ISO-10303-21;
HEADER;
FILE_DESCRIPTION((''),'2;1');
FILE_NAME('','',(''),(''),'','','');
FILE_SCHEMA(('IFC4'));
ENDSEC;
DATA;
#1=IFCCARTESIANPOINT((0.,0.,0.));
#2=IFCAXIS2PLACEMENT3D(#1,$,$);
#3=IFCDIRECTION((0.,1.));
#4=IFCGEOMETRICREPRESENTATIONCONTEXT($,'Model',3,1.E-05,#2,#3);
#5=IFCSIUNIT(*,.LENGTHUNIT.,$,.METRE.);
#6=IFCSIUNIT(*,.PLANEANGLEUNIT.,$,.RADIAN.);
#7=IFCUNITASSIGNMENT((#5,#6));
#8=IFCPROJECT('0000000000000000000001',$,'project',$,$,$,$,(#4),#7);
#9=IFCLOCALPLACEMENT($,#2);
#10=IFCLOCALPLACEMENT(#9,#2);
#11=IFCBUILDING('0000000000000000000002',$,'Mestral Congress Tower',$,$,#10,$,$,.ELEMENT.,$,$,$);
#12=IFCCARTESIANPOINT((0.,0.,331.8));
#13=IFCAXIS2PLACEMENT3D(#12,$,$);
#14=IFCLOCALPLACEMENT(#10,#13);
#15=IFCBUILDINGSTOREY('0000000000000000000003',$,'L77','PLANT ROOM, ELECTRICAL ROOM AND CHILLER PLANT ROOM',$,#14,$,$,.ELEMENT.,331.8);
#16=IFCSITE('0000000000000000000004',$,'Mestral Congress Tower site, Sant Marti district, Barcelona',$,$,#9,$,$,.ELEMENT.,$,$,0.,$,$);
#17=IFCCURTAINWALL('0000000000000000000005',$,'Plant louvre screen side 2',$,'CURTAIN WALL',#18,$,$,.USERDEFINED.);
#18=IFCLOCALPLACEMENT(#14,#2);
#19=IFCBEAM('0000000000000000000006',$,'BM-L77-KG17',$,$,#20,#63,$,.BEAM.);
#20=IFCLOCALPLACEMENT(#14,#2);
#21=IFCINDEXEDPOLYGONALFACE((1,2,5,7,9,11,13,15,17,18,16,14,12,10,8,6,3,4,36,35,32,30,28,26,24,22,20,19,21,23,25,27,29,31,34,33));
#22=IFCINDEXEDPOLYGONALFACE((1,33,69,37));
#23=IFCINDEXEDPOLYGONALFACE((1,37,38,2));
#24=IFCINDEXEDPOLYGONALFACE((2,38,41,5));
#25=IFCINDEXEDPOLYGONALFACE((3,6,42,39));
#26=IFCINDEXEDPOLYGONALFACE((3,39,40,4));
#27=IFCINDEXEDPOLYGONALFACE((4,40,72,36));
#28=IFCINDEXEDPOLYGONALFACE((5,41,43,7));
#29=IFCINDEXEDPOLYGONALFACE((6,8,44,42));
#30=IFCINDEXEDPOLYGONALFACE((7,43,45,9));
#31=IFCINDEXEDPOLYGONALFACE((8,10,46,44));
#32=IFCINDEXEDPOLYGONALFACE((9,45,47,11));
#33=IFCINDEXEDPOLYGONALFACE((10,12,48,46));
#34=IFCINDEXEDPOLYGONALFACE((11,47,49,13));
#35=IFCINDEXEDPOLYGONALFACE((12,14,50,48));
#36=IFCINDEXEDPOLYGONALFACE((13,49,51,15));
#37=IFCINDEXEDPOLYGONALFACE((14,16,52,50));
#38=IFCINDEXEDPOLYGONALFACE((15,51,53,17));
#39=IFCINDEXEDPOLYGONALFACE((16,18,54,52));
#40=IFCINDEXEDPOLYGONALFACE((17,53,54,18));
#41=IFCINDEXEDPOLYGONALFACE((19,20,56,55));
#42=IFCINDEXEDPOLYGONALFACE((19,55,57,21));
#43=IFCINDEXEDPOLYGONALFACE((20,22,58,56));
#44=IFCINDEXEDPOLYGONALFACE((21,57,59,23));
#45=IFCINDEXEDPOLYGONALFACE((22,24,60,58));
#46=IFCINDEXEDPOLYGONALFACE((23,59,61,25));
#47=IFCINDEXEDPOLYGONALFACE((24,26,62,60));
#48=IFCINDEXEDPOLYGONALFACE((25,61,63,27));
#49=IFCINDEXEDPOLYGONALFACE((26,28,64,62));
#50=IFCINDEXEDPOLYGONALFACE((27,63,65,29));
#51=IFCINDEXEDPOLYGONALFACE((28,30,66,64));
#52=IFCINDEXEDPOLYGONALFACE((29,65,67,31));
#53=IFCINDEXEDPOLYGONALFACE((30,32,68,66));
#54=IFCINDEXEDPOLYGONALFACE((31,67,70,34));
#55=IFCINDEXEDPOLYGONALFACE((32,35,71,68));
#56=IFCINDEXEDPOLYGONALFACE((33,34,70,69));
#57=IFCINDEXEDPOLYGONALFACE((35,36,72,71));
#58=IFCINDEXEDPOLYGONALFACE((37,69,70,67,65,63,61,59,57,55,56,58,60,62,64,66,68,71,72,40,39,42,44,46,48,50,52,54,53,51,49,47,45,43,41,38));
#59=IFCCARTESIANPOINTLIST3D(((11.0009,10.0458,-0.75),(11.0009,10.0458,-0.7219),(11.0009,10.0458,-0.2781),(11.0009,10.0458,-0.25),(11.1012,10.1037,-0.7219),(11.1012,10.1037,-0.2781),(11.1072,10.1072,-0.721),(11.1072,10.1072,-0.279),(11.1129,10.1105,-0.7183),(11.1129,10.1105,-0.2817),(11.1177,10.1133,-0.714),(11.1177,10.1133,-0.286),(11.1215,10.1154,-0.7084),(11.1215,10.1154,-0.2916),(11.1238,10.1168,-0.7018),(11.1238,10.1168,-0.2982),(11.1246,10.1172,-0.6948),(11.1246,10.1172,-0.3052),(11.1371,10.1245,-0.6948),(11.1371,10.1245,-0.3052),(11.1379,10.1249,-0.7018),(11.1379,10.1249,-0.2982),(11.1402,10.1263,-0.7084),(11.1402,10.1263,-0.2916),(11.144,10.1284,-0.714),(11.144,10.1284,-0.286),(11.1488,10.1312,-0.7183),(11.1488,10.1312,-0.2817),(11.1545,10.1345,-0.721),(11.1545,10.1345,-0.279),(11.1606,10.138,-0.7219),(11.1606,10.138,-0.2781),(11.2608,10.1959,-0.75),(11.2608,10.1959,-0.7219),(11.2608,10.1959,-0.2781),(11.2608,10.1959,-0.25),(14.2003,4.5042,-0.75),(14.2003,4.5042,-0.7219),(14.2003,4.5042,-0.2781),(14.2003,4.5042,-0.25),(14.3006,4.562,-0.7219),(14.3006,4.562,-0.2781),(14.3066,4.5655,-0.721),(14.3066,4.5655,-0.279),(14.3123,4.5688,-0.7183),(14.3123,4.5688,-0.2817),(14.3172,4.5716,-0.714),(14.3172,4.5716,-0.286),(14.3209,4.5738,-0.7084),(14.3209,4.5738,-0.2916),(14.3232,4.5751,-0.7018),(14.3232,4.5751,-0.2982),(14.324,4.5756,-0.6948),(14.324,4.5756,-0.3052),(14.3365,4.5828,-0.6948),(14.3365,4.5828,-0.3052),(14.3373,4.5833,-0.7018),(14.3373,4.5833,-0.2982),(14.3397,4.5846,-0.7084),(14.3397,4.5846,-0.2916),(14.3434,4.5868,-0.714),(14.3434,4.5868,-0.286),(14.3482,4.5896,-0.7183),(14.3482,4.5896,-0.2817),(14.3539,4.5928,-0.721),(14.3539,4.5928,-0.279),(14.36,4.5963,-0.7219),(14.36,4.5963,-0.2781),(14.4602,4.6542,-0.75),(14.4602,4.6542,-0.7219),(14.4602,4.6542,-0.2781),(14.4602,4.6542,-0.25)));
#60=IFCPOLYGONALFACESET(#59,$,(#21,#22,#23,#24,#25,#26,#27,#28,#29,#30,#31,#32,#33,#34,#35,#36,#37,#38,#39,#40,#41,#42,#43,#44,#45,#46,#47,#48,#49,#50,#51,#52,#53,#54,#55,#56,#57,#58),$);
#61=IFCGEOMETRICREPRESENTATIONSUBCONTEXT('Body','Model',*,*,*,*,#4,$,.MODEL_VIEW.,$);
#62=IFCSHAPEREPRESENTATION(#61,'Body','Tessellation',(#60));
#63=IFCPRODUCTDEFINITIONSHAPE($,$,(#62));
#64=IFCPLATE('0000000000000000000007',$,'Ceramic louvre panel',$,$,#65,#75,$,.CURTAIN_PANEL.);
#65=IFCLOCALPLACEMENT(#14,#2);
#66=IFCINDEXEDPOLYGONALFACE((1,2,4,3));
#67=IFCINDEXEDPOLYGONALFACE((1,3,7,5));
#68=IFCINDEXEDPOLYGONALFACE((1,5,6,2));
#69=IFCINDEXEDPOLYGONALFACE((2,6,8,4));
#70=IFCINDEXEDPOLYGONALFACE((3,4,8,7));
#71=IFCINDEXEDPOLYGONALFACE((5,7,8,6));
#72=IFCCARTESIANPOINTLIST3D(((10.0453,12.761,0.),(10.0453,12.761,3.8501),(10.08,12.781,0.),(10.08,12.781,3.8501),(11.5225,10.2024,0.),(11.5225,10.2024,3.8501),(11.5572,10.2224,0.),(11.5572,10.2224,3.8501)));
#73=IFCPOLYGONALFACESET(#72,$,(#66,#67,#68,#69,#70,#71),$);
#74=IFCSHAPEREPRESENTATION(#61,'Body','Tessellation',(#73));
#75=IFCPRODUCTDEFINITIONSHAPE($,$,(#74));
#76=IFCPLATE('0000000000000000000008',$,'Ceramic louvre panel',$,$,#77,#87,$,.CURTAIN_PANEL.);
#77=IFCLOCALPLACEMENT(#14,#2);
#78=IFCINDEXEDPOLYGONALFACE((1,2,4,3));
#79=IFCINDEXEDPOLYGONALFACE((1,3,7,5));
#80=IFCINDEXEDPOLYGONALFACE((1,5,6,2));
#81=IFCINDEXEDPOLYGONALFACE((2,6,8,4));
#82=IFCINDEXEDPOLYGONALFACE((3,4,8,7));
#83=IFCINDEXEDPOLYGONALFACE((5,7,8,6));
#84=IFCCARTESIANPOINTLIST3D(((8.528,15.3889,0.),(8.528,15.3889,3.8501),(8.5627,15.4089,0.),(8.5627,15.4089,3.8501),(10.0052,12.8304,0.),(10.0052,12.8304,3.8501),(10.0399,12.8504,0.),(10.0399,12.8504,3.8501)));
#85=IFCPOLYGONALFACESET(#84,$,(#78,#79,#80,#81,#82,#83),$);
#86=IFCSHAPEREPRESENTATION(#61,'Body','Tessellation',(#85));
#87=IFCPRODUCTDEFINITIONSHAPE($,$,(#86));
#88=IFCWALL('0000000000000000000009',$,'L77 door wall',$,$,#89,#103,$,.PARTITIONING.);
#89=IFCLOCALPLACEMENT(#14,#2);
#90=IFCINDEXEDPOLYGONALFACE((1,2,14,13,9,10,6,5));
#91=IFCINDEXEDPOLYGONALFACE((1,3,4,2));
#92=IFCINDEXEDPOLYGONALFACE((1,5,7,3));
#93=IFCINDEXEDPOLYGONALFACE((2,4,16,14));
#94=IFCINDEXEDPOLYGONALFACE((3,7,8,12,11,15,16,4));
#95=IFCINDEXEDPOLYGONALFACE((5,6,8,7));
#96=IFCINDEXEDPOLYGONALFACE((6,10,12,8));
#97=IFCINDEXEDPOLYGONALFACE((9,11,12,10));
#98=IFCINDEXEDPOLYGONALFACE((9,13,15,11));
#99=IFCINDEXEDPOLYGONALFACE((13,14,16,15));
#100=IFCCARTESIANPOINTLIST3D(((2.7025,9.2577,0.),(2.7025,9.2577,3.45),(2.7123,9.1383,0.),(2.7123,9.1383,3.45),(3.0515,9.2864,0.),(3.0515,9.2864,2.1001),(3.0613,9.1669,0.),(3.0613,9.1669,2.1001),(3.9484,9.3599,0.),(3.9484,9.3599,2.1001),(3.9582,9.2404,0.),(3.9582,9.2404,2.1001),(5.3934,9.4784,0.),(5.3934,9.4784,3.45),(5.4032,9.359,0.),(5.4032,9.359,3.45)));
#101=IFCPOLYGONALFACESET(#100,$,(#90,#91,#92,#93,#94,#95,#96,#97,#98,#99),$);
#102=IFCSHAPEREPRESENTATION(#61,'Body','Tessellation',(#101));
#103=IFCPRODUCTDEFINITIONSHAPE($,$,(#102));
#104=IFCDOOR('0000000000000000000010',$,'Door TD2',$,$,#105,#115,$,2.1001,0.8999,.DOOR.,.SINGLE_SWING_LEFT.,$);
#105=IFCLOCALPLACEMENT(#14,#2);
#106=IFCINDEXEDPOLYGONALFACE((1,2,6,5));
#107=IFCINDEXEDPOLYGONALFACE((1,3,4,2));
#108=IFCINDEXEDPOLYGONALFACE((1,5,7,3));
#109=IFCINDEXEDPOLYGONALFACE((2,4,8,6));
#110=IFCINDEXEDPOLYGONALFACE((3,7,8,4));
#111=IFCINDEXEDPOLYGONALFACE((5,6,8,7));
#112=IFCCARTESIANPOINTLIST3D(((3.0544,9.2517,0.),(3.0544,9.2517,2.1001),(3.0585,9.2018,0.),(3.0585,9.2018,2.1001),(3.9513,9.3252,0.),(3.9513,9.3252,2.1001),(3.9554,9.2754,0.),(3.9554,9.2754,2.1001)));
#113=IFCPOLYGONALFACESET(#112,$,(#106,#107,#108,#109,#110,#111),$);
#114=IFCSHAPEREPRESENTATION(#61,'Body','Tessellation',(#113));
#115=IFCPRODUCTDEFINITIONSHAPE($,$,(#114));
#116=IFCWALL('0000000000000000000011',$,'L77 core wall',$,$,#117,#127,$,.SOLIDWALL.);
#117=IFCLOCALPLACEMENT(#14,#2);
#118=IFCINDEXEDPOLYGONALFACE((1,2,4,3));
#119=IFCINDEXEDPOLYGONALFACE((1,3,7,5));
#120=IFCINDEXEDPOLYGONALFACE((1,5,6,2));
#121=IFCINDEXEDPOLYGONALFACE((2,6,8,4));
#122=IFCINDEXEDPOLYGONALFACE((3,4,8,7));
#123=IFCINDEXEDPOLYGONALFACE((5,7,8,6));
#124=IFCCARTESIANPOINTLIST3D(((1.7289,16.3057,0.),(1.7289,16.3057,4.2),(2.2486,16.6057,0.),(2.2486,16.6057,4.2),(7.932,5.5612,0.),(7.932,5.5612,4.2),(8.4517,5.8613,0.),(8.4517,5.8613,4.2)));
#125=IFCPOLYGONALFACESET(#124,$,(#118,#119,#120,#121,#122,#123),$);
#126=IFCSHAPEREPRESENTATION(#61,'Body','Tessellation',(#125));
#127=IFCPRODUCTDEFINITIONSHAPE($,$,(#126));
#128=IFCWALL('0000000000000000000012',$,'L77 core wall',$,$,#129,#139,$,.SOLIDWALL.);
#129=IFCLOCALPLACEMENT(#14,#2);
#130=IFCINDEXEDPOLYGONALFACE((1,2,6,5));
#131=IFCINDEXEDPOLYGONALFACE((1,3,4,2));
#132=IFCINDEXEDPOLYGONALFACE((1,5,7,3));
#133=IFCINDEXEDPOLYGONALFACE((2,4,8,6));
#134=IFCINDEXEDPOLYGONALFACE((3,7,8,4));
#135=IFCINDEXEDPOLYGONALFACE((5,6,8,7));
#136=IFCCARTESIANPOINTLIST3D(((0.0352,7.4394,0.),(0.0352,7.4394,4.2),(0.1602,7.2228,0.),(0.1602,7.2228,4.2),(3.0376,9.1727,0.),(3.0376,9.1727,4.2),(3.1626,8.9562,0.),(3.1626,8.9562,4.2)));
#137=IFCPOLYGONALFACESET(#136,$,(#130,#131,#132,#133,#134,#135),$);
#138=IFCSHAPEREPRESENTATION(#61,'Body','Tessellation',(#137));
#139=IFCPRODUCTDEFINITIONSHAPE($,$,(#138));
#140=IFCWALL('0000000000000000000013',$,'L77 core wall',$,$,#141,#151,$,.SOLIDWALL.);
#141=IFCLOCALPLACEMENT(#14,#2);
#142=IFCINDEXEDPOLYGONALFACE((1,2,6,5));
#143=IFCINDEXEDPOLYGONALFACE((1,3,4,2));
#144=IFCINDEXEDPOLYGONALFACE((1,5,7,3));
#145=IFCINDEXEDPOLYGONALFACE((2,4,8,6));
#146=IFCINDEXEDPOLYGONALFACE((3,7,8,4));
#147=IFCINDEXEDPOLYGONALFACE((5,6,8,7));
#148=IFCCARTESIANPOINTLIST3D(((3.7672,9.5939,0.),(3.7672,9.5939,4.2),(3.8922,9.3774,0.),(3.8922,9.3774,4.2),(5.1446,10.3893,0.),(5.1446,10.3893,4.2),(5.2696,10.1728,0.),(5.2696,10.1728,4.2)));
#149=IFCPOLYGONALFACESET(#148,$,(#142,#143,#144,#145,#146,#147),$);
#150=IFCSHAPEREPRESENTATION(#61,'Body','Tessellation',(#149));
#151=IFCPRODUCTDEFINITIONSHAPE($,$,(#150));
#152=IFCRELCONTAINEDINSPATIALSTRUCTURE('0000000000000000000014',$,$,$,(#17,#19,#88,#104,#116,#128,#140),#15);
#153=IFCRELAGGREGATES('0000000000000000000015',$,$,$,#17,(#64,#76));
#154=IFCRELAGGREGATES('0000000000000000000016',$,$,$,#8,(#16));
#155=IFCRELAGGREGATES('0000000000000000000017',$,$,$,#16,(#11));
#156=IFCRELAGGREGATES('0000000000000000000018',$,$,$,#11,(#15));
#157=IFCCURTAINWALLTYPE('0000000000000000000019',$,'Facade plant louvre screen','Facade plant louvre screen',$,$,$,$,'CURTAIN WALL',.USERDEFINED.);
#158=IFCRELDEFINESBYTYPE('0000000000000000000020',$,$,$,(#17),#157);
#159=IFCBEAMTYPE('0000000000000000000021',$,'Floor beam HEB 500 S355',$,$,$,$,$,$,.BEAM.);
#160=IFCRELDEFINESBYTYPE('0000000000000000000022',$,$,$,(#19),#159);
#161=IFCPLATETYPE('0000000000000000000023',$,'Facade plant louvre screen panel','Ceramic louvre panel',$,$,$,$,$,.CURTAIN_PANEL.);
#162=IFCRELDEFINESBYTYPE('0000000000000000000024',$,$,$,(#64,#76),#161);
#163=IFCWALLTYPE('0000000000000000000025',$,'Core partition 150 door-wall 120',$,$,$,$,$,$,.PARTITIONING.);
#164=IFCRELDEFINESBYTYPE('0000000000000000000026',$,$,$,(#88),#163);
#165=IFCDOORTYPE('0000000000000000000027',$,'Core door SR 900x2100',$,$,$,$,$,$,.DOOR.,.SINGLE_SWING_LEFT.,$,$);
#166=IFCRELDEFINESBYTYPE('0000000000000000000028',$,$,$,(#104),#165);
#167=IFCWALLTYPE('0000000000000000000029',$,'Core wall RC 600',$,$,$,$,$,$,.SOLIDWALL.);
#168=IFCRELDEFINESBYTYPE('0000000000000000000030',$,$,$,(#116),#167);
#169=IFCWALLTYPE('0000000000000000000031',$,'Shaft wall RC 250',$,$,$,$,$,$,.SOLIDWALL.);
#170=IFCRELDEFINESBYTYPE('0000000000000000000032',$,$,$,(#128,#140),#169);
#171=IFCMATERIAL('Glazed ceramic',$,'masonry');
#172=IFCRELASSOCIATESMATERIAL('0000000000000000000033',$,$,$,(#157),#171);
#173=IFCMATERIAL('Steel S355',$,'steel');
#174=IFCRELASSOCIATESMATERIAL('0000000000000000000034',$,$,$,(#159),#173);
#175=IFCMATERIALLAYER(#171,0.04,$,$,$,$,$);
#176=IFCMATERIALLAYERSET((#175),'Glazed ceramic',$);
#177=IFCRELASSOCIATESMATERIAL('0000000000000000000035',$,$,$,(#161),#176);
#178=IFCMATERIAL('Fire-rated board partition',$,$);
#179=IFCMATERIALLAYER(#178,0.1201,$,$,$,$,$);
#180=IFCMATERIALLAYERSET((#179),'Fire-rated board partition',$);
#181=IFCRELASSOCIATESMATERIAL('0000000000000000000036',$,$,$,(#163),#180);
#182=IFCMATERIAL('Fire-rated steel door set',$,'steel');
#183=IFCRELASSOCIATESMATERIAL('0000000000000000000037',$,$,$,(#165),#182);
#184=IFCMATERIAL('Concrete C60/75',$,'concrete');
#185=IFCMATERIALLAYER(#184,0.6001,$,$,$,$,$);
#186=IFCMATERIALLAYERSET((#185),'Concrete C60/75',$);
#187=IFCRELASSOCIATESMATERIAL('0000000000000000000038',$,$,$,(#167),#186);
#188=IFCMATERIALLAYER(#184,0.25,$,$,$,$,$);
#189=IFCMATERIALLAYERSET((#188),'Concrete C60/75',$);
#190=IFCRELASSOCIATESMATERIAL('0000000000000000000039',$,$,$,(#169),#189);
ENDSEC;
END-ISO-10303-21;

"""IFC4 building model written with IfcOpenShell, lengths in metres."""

from ifc_helpers import new_model, si_unit, direction, frame, frame_2d, origin, origin_2d, place, context, subcontext, project, spatial, rectangle, i_section, extrude, material, layer, layer_set, material_profile, profile_set, type_object, element, fill, aggregate, save


model = new_model("IFC4")

# Units and contexts
model_context = context("Model", 3, precision=1e-05, world=origin(), true_north=direction((0.0, 1.0)))
body_context = subcontext(model_context, "Body", "Model", "MODEL_VIEW")
ifc_project = project(units=[si_unit("LENGTHUNIT", "METRE"), si_unit("PLANEANGLEUNIT", "RADIAN")], contexts=[model_context])

# Site, building, storey
site_placement = place(None, origin())
site = spatial("IfcSite", under=ifc_project, at=site_placement, Name="Mestral Congress Tower site, Sant Marti district, Barcelona", CompositionType="ELEMENT", RefElevation=0.0)
building_placement = place(site_placement, origin())
building = spatial("IfcBuilding", under=site, at=building_placement, Name="Mestral Congress Tower", CompositionType="ELEMENT")
storey_placement = place(building_placement, frame((0.0, 0.0, 331.8)))
storey = spatial("IfcBuildingStorey", under=building, at=storey_placement, Name="L77", Description="PLANT ROOM, ELECTRICAL ROOM AND CHILLER PLANT ROOM", CompositionType="ELEMENT", Elevation=331.8)

# Shared definitions
ifc_material_1 = material(Name="Steel S355", Category="steel")

# Curtain wall
ifc_material_2 = material(Name="Glazed ceramic", Category="masonry")
curtain_wall_type = type_object("IfcCurtainWallType", Name="Facade plant louvre screen", Description="Facade plant louvre screen", ElementType="CURTAIN WALL", PredefinedType="USERDEFINED", material=ifc_material_2)
placement = place(storey_placement, origin())
curtain_wall = element("IfcCurtainWall", 1, at=placement, inside=storey, type_object=curtain_wall_type, Name="Plant louvre screen side 2", ObjectType="CURTAIN WALL", PredefinedType="USERDEFINED")

# Beam
ifc_material_profile_1 = material_profile(ifc_material_1, i_section(OverallWidth=0.3, OverallDepth=0.5, WebThickness=0.0144, FlangeThickness=0.0281, FilletRadius=0.0271, at=origin_2d()), Name="HEB 500")
ifc_profile_set_1 = profile_set([ifc_material_profile_1], Name="Steel S355")
beam_type_1 = type_object("IfcBeamType", Name="Floor beam HEB 500 S355", PredefinedType="BEAM", material=ifc_profile_set_1)
beam_1_placement = place(storey_placement, frame((11.1309, 10.1208, -0.5), z_axis=(0.499992, -0.86603, 0.0), x_axis=(0.86603, 0.499992, 0.0)))
element("IfcBeam", 2, at=beam_1_placement, inside=storey, type_object=beam_type_1, Name="BM-L77-KG17", PredefinedType="BEAM", context=body_context, shape_type="SweptSolid", body=[
    extrude(i_section(OverallWidth=0.3, OverallDepth=0.5, WebThickness=0.0144, FlangeThickness=0.0281, FilletRadius=0.0271, at=origin_2d()), origin(), (0.0, 0.0, 1.0), 6.3989),
])

# Plates
ifc_layer_1 = layer(ifc_material_2, 0.04)
ifc_layer_set_1 = layer_set([ifc_layer_1], Name="Glazed ceramic")
plate_type = type_object("IfcPlateType", Name="Facade plant louvre screen panel", Description="Ceramic louvre panel", PredefinedType="CURTAIN_PANEL", material=ifc_layer_set_1)
plate_1_placement = place(storey_placement, frame((10.8013, 11.4917, 0.0), z_axis=(0.0, 0.0, 1.0), x_axis=(-0.500002, 0.866025, 0.0)))
plate_1 = element("IfcPlate", 3, at=plate_1_placement, type_object=plate_type, Name="Ceramic louvre panel", PredefinedType="CURTAIN_PANEL", context=body_context, shape_type="SweptSolid", body=[
    extrude(rectangle(XDim=2.9543, YDim=0.04, at=origin_2d()), origin(), (0.0, 0.0, 1.0), 3.8501),
])
plate_2_placement = place(storey_placement, frame((9.2839, 14.1196, 0.0), z_axis=(0.0, 0.0, 1.0), x_axis=(-0.500002, 0.866025, 0.0)))
plate_2 = element("IfcPlate", 4, at=plate_2_placement, type_object=plate_type, Name="Ceramic louvre panel", PredefinedType="CURTAIN_PANEL", context=body_context, shape_type="SweptSolid", body=[
    extrude(rectangle(XDim=2.9543, YDim=0.04, at=origin_2d()), origin(), (0.0, 0.0, 1.0), 3.8501),
])
aggregate(curtain_wall, [plate_1, plate_2])

# Wall, opening, door
ifc_material_3 = material(Name="Fire-rated board partition")
ifc_layer_2 = layer(ifc_material_3, 0.1201)
ifc_layer_set_2 = layer_set([ifc_layer_2], Name="Fire-rated board partition")
wall_type_1 = type_object("IfcWallType", Name="Core partition 150 door-wall 120", PredefinedType="PARTITIONING", material=ifc_layer_set_2)
wall_1_placement = place(storey_placement, frame((5.3984, 9.4187, 0.0), z_axis=(0.0, 0.0, 1.0), x_axis=(-0.996653, -0.081743, 0.0)))
wall_1 = element("IfcWall", 5, at=wall_1_placement, inside=storey, type_object=wall_type_1, Name="L77 door wall", PredefinedType="PARTITIONING", context=body_context, shape_type="SweptSolid", body=[
    extrude(rectangle(XDim=2.7, YDim=0.1199, at=frame_2d((1.3501, 0.0))), origin(), (0.0, 0.0, 1.0), 3.45),
])
opening_1_placement = place(wall_1_placement, frame((1.45, 0.0, 0.0)))
opening_1 = element("IfcOpeningElement", 6, at=opening_1_placement, cuts=wall_1, PredefinedType="OPENING", context=body_context, shape_type="SweptSolid", body=[
    extrude(rectangle(XDim=0.8999, YDim=2.1001, at=frame_2d((0.45, 1.05))), frame((0.0, 0.0698, 0.0), z_axis=(0.0, -1.0, 0.0), x_axis=(1.0, 0.0, 0.0)), (0.0, 0.0, 1.0), 0.1399),
])
ifc_material_4 = material(Name="Fire-rated steel door set", Category="steel")
door_type_1 = type_object("IfcDoorType", Name="Core door SR 900x2100", OperationType="SINGLE_SWING_LEFT", PredefinedType="DOOR", material=ifc_material_4)
door_1_placement = place(opening_1_placement, origin())
door_1 = element("IfcDoor", 7, at=door_1_placement, inside=storey, type_object=door_type_1, Name="Door TD2", OperationType="SINGLE_SWING_LEFT", OverallHeight=2.1001, OverallWidth=0.8999, PredefinedType="DOOR", context=body_context, shape_type="SweptSolid", body=[
    extrude(rectangle(XDim=0.8999, YDim=2.1001, at=frame_2d((0.45, 1.05))), frame((0.0, 0.0249, 0.0), z_axis=(0.0, -1.0, 0.0), x_axis=(1.0, 0.0, 0.0)), (0.0, 0.0, 1.0), 0.05),
])
fill(opening_1, door_1)

# Walls
ifc_material_5 = material(Name="Concrete C60/75", Category="concrete")
ifc_layer_3 = layer(ifc_material_5, 0.6001)
ifc_layer_set_3 = layer_set([ifc_layer_3], Name="Concrete C60/75")
wall_type_2 = type_object("IfcWallType", Name="Core wall RC 600", PredefinedType="SOLIDWALL", material=ifc_layer_set_3)
wall_2_placement = place(storey_placement, frame((1.9888, 16.4556, 0.0), z_axis=(0.0, 0.0, 1.0), x_axis=(0.499991, -0.866031, 0.0)))
element("IfcWall", 8, at=wall_2_placement, inside=storey, type_object=wall_type_2, Name="L77 core wall", PredefinedType="SOLIDWALL", context=body_context, shape_type="SweptSolid", body=[
    extrude(rectangle(XDim=12.4065, YDim=0.6001, at=frame_2d((6.2031, 0.0))), origin(), (0.0, 0.0, 1.0), 4.2),
])
ifc_layer_4 = layer(ifc_material_5, 0.25)
ifc_layer_set_4 = layer_set([ifc_layer_4], Name="Concrete C60/75")
wall_type_3 = type_object("IfcWallType", Name="Shaft wall RC 250", PredefinedType="SOLIDWALL", material=ifc_layer_set_4)
wall_3_placement = place(storey_placement, frame((3.1001, 9.0645, 0.0), z_axis=(0.0, 0.0, 1.0), x_axis=(-0.866033, -0.499987, 0.0)))
element("IfcWall", 9, at=wall_3_placement, inside=storey, type_object=wall_type_3, Name="L77 core wall", PredefinedType="SOLIDWALL", context=body_context, shape_type="SweptSolid", body=[
    extrude(rectangle(XDim=3.4668, YDim=0.25, at=frame_2d((1.7334, 0.0))), origin(), (0.0, 0.0, 1.0), 4.2),
])
wall_4_placement = place(storey_placement, frame((3.8296, 9.4856, 0.0), z_axis=(0.0, 0.0, 1.0), x_axis=(0.865986, 0.500068, 0.0)))
element("IfcWall", 10, at=wall_4_placement, inside=storey, type_object=wall_type_3, Name="L77 core wall", PredefinedType="SOLIDWALL", context=body_context, shape_type="SweptSolid", body=[
    extrude(rectangle(XDim=1.5906, YDim=0.25, at=frame_2d((0.7954, 0.0))), origin(), (0.0, 0.0, 1.0), 4.2),
])

save(model, "model.ifc")
